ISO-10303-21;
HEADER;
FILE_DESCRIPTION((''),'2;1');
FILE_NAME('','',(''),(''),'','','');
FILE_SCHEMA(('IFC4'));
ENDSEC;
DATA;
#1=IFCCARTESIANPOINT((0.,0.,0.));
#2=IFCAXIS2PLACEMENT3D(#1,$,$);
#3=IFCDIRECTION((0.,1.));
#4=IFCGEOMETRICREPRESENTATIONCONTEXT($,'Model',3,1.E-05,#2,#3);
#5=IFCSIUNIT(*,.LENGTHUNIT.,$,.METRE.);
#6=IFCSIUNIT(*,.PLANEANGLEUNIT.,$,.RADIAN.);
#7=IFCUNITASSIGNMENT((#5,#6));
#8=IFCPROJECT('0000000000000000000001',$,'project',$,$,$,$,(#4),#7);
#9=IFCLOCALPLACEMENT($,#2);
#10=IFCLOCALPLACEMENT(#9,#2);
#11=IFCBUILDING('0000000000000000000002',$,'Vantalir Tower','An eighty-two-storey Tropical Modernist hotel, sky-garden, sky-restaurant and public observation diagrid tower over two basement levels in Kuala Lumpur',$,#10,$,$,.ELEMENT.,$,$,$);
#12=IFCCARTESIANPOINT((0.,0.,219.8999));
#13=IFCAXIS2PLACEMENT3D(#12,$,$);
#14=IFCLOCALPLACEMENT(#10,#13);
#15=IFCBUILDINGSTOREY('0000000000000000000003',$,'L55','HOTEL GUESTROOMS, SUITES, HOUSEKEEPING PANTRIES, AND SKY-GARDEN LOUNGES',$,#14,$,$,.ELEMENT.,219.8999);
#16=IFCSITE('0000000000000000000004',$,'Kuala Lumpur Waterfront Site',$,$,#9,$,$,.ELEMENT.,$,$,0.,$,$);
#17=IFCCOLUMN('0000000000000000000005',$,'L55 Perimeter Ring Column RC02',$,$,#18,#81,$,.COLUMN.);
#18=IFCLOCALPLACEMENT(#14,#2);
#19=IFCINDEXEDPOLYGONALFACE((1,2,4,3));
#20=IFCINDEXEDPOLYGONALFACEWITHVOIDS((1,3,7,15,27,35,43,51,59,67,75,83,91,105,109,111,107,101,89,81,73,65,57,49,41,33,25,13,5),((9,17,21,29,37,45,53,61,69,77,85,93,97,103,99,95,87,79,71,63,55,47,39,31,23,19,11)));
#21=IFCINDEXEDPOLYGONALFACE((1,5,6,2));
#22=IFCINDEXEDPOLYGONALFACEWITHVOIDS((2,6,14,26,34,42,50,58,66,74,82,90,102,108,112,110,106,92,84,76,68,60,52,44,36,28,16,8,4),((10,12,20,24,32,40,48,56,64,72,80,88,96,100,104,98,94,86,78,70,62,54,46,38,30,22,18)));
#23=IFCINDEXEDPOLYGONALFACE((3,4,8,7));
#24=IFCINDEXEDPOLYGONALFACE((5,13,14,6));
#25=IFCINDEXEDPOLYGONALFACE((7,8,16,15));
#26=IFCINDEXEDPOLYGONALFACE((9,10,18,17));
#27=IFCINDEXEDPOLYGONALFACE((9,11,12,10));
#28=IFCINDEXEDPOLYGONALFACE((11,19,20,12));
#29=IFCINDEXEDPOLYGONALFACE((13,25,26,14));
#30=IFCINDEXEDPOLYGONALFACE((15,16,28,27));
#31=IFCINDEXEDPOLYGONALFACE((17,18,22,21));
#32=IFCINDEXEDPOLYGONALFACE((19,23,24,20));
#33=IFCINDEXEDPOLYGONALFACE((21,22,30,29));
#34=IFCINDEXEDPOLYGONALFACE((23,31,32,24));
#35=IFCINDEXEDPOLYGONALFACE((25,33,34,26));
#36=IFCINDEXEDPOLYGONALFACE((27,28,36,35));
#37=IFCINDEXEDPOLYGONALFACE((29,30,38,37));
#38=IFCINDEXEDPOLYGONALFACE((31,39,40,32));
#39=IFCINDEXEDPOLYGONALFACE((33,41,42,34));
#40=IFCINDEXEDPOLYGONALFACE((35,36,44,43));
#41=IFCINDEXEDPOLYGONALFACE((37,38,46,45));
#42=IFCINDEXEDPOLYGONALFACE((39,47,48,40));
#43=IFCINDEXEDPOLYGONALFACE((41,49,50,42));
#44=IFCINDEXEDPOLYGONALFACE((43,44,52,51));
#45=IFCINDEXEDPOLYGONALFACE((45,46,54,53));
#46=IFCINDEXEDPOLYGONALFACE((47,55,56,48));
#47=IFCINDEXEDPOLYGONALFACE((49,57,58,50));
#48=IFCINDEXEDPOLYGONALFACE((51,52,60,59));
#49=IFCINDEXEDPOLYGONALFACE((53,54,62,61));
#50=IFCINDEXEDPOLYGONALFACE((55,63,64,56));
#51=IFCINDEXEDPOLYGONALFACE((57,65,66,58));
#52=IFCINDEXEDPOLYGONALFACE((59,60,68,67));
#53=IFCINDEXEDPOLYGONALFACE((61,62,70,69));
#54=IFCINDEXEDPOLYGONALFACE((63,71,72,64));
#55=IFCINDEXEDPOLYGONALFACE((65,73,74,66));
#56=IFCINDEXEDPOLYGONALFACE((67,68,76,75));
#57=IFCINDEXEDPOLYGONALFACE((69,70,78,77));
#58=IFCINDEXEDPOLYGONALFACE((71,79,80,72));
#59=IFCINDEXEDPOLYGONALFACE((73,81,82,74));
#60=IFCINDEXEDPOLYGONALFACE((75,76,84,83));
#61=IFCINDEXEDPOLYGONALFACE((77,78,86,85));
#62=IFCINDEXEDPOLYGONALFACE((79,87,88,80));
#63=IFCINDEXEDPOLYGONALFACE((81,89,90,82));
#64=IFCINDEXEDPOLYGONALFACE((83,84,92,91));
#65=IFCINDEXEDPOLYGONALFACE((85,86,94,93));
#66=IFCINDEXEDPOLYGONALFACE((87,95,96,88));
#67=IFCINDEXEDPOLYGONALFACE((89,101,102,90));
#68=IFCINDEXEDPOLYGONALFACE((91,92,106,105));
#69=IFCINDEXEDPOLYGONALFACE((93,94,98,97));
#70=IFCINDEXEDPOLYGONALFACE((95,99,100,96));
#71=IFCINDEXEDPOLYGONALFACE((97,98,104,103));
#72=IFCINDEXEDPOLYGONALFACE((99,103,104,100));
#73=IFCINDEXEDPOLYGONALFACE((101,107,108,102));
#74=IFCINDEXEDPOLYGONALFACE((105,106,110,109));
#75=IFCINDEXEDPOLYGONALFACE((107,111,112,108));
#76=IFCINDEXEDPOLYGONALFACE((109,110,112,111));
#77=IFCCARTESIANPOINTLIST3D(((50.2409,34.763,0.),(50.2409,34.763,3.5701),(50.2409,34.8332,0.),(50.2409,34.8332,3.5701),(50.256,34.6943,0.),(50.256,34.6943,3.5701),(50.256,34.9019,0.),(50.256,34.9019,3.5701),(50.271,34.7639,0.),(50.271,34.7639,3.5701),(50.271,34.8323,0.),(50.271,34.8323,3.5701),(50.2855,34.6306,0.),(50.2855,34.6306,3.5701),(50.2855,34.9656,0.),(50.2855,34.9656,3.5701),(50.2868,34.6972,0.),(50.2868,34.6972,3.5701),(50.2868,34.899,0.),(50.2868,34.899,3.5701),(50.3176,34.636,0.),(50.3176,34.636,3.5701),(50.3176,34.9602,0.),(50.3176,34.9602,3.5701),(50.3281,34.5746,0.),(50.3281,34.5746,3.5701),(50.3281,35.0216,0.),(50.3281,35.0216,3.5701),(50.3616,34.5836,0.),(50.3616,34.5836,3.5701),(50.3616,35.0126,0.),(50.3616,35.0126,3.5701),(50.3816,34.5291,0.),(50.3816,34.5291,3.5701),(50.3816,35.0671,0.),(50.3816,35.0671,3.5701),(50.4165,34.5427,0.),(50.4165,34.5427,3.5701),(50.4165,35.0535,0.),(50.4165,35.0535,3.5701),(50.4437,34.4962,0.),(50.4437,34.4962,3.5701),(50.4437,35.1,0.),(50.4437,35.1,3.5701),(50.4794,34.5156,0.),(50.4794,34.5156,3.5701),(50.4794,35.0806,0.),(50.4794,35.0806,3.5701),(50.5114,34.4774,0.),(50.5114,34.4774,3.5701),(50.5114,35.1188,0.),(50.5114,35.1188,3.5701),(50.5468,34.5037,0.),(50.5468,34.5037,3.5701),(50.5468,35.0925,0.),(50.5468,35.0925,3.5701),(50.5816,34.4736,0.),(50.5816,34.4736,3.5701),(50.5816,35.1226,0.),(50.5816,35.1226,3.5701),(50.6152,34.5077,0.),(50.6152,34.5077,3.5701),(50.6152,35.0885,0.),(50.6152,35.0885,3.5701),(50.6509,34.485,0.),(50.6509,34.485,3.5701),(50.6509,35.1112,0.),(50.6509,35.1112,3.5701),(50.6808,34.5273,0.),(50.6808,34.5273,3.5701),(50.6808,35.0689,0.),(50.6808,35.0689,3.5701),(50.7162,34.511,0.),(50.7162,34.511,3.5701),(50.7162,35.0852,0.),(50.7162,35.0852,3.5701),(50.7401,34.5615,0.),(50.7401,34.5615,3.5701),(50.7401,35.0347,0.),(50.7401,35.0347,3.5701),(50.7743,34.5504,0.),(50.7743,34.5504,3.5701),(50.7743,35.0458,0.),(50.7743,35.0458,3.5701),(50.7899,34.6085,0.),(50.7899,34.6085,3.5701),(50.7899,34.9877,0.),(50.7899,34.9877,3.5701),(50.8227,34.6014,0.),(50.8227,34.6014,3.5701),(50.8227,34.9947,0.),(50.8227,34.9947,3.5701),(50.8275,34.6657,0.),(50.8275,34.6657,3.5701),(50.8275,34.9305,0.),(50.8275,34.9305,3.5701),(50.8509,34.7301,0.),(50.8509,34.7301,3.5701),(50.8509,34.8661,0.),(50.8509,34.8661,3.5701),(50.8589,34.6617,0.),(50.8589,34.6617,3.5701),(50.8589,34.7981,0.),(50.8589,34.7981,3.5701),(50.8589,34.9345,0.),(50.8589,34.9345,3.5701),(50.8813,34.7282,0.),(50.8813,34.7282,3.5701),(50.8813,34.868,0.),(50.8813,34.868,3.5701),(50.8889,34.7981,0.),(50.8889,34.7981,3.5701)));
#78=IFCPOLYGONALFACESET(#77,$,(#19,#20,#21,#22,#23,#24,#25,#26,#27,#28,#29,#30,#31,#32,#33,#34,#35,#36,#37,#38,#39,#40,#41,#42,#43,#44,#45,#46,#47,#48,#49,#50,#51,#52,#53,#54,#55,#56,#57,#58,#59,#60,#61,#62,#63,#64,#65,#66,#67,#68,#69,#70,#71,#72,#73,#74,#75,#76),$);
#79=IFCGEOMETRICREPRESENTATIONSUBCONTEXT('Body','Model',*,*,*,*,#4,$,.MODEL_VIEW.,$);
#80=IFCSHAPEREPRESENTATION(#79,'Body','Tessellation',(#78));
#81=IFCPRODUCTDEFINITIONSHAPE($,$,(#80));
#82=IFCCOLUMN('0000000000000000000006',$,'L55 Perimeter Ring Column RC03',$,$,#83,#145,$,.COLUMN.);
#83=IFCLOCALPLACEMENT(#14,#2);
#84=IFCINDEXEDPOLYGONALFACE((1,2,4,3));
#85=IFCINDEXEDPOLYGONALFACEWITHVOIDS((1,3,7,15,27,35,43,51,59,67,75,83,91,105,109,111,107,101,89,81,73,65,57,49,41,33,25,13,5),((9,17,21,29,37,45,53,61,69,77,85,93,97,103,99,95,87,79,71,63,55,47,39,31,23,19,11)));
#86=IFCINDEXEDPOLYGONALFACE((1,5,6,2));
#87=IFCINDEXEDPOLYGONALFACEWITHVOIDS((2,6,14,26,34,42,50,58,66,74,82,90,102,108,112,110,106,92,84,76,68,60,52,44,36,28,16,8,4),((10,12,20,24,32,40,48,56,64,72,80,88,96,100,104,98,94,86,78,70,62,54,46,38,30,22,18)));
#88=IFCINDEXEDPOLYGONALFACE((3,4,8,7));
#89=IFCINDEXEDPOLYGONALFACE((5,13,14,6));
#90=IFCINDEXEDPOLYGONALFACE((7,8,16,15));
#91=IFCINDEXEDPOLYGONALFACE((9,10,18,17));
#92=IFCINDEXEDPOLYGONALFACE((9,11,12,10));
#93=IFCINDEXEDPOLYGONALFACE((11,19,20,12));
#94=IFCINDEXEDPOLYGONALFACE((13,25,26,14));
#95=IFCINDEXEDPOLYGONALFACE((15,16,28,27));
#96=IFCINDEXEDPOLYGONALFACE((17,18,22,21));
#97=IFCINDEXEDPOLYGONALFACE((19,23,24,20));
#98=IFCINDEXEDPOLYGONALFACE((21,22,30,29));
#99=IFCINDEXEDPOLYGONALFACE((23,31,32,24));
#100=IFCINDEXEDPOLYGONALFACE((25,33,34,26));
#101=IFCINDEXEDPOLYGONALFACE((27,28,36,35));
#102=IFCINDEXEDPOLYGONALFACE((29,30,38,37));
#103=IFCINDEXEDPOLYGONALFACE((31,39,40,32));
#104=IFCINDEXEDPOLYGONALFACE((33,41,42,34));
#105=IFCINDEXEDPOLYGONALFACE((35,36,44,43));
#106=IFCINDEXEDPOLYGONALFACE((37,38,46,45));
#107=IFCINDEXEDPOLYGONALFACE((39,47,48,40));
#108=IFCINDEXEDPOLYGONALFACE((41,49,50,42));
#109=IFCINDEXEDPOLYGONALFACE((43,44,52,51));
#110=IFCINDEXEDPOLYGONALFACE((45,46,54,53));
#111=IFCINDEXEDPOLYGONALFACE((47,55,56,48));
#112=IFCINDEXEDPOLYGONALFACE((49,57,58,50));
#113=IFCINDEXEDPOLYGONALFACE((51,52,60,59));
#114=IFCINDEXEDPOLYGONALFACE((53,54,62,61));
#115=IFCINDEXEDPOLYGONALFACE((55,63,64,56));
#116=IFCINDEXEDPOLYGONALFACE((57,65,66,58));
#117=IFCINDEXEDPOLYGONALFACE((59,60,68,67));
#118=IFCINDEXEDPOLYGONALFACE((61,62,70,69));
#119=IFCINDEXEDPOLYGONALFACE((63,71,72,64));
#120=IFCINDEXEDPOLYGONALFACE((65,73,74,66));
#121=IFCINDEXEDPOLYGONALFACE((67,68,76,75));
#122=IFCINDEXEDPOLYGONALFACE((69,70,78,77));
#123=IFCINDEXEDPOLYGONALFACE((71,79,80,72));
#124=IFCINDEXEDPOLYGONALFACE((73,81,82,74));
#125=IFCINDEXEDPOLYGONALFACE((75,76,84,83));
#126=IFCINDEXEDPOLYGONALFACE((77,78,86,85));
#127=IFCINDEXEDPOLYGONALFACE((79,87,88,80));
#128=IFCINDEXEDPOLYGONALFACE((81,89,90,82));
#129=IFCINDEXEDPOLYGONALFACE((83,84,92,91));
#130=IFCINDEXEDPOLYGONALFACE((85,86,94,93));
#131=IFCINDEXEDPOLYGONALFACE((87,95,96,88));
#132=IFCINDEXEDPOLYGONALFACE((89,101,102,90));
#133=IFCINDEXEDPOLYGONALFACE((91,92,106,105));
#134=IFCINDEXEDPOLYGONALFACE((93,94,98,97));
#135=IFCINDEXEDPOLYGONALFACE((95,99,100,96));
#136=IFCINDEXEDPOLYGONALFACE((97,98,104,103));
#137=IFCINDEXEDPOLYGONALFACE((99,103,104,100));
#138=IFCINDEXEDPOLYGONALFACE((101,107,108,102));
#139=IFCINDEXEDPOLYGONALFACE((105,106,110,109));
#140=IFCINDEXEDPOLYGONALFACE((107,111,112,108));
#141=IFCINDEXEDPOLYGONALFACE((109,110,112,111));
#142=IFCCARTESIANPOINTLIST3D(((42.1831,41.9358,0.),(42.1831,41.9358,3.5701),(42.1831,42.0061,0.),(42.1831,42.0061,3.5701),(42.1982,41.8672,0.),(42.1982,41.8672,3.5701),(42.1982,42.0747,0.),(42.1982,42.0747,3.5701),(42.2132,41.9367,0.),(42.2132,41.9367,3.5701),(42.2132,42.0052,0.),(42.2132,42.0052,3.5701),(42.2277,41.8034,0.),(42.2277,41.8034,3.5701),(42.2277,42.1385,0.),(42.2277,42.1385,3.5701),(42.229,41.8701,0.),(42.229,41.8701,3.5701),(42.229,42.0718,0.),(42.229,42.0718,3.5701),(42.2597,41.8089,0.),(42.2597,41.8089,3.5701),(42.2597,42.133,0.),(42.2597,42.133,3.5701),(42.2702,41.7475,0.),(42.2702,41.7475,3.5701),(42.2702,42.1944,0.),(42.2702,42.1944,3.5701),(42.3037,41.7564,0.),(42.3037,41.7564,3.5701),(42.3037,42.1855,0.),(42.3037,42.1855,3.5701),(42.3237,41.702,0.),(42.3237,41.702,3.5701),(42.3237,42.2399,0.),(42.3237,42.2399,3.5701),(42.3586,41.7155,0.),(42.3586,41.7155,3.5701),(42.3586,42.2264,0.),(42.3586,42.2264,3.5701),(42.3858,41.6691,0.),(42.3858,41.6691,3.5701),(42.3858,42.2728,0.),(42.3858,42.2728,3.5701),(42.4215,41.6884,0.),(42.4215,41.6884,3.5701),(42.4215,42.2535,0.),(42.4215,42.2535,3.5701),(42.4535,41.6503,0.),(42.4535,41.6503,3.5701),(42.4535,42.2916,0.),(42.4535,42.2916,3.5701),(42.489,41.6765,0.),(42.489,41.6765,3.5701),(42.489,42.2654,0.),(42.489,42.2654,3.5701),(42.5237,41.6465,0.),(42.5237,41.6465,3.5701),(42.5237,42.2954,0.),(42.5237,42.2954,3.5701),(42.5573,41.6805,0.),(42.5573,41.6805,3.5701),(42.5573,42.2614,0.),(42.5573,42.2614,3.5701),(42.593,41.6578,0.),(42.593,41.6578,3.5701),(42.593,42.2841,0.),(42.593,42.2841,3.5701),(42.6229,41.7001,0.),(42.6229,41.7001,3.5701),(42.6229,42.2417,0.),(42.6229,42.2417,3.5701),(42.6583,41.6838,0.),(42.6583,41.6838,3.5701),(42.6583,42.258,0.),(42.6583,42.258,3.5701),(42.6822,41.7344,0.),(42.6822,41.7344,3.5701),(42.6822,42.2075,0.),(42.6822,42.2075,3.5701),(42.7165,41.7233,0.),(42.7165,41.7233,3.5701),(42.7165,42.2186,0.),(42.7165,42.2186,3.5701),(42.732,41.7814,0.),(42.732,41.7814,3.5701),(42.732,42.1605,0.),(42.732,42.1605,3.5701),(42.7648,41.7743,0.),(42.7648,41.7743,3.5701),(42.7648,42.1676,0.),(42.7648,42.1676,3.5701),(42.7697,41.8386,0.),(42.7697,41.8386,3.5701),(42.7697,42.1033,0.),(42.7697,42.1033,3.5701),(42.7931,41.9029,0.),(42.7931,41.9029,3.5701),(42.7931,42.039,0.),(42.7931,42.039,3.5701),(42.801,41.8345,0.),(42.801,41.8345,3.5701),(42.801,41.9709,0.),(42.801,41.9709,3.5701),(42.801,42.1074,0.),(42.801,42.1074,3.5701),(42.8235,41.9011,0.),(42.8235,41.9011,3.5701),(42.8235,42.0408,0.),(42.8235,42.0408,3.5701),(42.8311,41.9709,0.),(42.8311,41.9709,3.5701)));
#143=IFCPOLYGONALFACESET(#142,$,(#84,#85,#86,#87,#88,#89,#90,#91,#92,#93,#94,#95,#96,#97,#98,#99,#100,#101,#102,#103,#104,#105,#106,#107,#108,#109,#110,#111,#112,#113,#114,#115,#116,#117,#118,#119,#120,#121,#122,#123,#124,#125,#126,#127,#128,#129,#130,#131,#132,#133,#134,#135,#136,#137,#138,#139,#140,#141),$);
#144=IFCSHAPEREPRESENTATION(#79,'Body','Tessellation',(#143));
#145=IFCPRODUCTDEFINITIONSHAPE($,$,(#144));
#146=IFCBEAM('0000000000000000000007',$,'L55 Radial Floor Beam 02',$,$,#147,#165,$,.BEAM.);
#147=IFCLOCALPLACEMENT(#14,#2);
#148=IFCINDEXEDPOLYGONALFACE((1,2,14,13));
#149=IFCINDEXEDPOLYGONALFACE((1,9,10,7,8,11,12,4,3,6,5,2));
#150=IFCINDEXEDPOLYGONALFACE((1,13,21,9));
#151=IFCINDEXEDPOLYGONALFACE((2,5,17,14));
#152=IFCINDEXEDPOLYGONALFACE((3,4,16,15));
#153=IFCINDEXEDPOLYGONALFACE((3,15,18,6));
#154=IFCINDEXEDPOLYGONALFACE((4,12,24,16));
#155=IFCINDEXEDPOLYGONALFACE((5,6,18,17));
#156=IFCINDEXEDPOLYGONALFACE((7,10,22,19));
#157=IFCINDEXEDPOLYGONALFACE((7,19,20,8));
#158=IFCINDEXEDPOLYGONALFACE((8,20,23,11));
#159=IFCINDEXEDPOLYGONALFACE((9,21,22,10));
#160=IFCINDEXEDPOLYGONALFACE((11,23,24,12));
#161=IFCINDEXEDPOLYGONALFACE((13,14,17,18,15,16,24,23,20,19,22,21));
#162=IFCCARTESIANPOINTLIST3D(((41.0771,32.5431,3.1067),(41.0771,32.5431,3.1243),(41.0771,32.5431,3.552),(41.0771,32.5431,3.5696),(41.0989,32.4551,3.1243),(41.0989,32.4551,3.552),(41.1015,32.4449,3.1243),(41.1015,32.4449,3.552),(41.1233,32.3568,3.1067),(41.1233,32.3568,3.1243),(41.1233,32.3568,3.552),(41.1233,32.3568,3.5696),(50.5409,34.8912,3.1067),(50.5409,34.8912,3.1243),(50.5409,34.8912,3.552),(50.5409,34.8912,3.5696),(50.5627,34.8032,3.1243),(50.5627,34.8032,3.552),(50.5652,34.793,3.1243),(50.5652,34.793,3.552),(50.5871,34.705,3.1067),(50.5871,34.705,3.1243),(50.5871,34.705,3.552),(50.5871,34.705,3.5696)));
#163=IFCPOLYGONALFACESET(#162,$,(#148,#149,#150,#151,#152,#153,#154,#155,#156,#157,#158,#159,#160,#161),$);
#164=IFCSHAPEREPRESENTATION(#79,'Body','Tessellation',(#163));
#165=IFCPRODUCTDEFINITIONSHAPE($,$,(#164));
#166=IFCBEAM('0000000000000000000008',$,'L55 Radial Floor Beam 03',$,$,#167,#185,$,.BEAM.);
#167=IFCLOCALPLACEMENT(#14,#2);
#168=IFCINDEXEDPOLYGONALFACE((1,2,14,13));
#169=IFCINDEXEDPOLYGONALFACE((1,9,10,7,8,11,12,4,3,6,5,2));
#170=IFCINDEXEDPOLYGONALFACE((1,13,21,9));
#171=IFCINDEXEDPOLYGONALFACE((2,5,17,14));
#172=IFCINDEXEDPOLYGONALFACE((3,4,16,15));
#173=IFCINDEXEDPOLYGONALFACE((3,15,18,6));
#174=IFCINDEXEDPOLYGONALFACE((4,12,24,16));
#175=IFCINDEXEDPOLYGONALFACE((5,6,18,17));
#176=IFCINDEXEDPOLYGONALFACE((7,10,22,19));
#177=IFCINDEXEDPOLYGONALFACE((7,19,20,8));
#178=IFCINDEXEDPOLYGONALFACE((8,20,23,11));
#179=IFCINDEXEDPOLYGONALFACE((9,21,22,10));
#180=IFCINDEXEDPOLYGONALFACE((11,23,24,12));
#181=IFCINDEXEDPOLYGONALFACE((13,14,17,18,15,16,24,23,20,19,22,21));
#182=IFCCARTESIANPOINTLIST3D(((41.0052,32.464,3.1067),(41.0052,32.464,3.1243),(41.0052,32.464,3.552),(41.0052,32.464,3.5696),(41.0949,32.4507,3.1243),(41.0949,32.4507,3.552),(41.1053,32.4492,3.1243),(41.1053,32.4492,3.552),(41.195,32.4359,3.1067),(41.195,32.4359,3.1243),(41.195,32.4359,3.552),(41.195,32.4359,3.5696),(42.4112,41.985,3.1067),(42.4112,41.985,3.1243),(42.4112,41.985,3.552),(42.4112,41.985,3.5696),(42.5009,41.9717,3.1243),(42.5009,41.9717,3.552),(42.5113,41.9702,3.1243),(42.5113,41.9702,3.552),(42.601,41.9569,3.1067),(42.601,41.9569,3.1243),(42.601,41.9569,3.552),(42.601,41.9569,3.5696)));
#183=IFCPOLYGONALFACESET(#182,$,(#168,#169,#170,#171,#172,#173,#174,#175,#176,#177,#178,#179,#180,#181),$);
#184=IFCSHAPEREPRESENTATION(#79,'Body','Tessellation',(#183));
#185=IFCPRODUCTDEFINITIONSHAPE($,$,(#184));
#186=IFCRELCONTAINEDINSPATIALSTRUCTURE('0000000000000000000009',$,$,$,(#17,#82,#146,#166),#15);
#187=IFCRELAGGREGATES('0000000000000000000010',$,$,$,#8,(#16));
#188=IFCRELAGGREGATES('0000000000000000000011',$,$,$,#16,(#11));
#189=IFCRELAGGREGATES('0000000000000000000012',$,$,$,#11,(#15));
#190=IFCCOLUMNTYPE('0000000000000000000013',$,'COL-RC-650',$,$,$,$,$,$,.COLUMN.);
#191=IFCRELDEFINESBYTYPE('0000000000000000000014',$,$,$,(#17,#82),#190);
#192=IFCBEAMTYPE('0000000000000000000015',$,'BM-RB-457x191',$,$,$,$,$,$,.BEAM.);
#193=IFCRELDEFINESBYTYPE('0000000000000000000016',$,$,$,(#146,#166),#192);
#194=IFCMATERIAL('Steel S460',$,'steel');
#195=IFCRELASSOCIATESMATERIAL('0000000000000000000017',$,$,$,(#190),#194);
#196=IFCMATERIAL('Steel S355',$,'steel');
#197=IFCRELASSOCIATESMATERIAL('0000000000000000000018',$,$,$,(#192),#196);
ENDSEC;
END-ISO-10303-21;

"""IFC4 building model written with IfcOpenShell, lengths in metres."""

from ifc_helpers import new_model, si_unit, direction, frame, origin, origin_2d, place, context, subcontext, project, spatial, hollow_circle, i_section, extrude, material, material_profile, profile_set, type_object, element, save


model = new_model("IFC4")

# Units and contexts
model_context = context("Model", 3, precision=1e-05, world=origin(), true_north=direction((0.0, 1.0)))
body_context = subcontext(model_context, "Body", "Model", "MODEL_VIEW")
ifc_project = project(units=[si_unit("LENGTHUNIT", "METRE"), si_unit("PLANEANGLEUNIT", "RADIAN")], contexts=[model_context])

# Site, building, storey
site_placement = place(None, origin())
site = spatial("IfcSite", under=ifc_project, at=site_placement, Name="Kuala Lumpur Waterfront Site", CompositionType="ELEMENT", RefElevation=0.0)
building_placement = place(site_placement, origin())
building = spatial("IfcBuilding", under=site, at=building_placement, Name="Vantalir Tower", Description="An eighty-two-storey Tropical Modernist hotel, sky-garden, sky-restaurant and public observation diagrid tower over two basement levels in Kuala Lumpur", CompositionType="ELEMENT")
storey_placement = place(building_placement, frame((0.0, 0.0, 219.8999)))
storey = spatial("IfcBuildingStorey", under=building, at=storey_placement, Name="L55", Description="HOTEL GUESTROOMS, SUITES, HOUSEKEEPING PANTRIES, AND SKY-GARDEN LOUNGES", CompositionType="ELEMENT", Elevation=219.8999)

# Columns
ifc_material_1 = material(Name="Steel S460", Category="steel")
ifc_material_profile_1 = material_profile(ifc_material_1, hollow_circle(Radius=0.325, WallThickness=0.03, at=origin_2d()), Name="Steel S460")
ifc_profile_set_1 = profile_set([ifc_material_profile_1], Name="Steel S460")
column_type = type_object("IfcColumnType", Name="COL-RC-650", PredefinedType="COLUMN", material=ifc_profile_set_1)
for number, where, z_axis, x_axis, name in (
    (1, (50.564, 34.7981, 0.0), (0.0, 0.0, 1.0), (1.0, 0.0, 0.0), "L55 Perimeter Ring Column RC02"),
    (2, (42.5061, 41.9709, 0.0), (0.0, 0.0, 1.0), (1.0, 0.0, 0.0), "L55 Perimeter Ring Column RC03"),
):
    element("IfcColumn", number, at=place(storey_placement, frame(where, z_axis=z_axis, x_axis=x_axis)), inside=storey, type_object=column_type, Name=name, PredefinedType="COLUMN", context=body_context, shape_type="SweptSolid", body=[
        extrude(hollow_circle(Radius=0.325, WallThickness=0.03, at=origin_2d()), origin(), (0.0, 0.0, 1.0), 3.5701),
    ])

# Beams
ifc_material_2 = material(Name="Steel S355", Category="steel")
ifc_material_profile_2 = material_profile(ifc_material_2, i_section(OverallWidth=0.1919, OverallDepth=0.4629, WebThickness=0.0105, FlangeThickness=0.0176, at=origin_2d()), Name="Steel S355")
ifc_profile_set_2 = profile_set([ifc_material_profile_2], Name="Steel S355")
beam_type_1 = type_object("IfcBeamType", Name="BM-RB-457x191", PredefinedType="BEAM", material=ifc_profile_set_2)
beam_1_placement = place(storey_placement, frame((50.564, 34.7981, 3.3381), z_axis=(-0.970571, -0.240815, 0.0), x_axis=(0.240815, -0.970571, 0.0)))
element("IfcBeam", 3, at=beam_1_placement, inside=storey, type_object=beam_type_1, Name="L55 Radial Floor Beam 02", PredefinedType="BEAM", context=body_context, shape_type="SweptSolid", body=[
    extrude(i_section(OverallWidth=0.1919, OverallDepth=0.4629, WebThickness=0.0105, FlangeThickness=0.0176, at=origin_2d()), origin(), (0.0, 0.0, 1.0), 9.7507),
])
beam_2_placement = place(storey_placement, frame((42.5061, 41.9709, 3.3381), z_axis=(-0.14609, -0.989271, 0.0), x_axis=(0.989271, -0.14609, 0.0)))
element("IfcBeam", 4, at=beam_2_placement, inside=storey, type_object=beam_type_1, Name="L55 Radial Floor Beam 03", PredefinedType="BEAM", context=body_context, shape_type="SweptSolid", body=[
    extrude(i_section(OverallWidth=0.1919, OverallDepth=0.4629, WebThickness=0.0105, FlangeThickness=0.0176, at=origin_2d()), origin(), (0.0, 0.0, 1.0), 9.6243),
])

save(model, "model.ifc")
